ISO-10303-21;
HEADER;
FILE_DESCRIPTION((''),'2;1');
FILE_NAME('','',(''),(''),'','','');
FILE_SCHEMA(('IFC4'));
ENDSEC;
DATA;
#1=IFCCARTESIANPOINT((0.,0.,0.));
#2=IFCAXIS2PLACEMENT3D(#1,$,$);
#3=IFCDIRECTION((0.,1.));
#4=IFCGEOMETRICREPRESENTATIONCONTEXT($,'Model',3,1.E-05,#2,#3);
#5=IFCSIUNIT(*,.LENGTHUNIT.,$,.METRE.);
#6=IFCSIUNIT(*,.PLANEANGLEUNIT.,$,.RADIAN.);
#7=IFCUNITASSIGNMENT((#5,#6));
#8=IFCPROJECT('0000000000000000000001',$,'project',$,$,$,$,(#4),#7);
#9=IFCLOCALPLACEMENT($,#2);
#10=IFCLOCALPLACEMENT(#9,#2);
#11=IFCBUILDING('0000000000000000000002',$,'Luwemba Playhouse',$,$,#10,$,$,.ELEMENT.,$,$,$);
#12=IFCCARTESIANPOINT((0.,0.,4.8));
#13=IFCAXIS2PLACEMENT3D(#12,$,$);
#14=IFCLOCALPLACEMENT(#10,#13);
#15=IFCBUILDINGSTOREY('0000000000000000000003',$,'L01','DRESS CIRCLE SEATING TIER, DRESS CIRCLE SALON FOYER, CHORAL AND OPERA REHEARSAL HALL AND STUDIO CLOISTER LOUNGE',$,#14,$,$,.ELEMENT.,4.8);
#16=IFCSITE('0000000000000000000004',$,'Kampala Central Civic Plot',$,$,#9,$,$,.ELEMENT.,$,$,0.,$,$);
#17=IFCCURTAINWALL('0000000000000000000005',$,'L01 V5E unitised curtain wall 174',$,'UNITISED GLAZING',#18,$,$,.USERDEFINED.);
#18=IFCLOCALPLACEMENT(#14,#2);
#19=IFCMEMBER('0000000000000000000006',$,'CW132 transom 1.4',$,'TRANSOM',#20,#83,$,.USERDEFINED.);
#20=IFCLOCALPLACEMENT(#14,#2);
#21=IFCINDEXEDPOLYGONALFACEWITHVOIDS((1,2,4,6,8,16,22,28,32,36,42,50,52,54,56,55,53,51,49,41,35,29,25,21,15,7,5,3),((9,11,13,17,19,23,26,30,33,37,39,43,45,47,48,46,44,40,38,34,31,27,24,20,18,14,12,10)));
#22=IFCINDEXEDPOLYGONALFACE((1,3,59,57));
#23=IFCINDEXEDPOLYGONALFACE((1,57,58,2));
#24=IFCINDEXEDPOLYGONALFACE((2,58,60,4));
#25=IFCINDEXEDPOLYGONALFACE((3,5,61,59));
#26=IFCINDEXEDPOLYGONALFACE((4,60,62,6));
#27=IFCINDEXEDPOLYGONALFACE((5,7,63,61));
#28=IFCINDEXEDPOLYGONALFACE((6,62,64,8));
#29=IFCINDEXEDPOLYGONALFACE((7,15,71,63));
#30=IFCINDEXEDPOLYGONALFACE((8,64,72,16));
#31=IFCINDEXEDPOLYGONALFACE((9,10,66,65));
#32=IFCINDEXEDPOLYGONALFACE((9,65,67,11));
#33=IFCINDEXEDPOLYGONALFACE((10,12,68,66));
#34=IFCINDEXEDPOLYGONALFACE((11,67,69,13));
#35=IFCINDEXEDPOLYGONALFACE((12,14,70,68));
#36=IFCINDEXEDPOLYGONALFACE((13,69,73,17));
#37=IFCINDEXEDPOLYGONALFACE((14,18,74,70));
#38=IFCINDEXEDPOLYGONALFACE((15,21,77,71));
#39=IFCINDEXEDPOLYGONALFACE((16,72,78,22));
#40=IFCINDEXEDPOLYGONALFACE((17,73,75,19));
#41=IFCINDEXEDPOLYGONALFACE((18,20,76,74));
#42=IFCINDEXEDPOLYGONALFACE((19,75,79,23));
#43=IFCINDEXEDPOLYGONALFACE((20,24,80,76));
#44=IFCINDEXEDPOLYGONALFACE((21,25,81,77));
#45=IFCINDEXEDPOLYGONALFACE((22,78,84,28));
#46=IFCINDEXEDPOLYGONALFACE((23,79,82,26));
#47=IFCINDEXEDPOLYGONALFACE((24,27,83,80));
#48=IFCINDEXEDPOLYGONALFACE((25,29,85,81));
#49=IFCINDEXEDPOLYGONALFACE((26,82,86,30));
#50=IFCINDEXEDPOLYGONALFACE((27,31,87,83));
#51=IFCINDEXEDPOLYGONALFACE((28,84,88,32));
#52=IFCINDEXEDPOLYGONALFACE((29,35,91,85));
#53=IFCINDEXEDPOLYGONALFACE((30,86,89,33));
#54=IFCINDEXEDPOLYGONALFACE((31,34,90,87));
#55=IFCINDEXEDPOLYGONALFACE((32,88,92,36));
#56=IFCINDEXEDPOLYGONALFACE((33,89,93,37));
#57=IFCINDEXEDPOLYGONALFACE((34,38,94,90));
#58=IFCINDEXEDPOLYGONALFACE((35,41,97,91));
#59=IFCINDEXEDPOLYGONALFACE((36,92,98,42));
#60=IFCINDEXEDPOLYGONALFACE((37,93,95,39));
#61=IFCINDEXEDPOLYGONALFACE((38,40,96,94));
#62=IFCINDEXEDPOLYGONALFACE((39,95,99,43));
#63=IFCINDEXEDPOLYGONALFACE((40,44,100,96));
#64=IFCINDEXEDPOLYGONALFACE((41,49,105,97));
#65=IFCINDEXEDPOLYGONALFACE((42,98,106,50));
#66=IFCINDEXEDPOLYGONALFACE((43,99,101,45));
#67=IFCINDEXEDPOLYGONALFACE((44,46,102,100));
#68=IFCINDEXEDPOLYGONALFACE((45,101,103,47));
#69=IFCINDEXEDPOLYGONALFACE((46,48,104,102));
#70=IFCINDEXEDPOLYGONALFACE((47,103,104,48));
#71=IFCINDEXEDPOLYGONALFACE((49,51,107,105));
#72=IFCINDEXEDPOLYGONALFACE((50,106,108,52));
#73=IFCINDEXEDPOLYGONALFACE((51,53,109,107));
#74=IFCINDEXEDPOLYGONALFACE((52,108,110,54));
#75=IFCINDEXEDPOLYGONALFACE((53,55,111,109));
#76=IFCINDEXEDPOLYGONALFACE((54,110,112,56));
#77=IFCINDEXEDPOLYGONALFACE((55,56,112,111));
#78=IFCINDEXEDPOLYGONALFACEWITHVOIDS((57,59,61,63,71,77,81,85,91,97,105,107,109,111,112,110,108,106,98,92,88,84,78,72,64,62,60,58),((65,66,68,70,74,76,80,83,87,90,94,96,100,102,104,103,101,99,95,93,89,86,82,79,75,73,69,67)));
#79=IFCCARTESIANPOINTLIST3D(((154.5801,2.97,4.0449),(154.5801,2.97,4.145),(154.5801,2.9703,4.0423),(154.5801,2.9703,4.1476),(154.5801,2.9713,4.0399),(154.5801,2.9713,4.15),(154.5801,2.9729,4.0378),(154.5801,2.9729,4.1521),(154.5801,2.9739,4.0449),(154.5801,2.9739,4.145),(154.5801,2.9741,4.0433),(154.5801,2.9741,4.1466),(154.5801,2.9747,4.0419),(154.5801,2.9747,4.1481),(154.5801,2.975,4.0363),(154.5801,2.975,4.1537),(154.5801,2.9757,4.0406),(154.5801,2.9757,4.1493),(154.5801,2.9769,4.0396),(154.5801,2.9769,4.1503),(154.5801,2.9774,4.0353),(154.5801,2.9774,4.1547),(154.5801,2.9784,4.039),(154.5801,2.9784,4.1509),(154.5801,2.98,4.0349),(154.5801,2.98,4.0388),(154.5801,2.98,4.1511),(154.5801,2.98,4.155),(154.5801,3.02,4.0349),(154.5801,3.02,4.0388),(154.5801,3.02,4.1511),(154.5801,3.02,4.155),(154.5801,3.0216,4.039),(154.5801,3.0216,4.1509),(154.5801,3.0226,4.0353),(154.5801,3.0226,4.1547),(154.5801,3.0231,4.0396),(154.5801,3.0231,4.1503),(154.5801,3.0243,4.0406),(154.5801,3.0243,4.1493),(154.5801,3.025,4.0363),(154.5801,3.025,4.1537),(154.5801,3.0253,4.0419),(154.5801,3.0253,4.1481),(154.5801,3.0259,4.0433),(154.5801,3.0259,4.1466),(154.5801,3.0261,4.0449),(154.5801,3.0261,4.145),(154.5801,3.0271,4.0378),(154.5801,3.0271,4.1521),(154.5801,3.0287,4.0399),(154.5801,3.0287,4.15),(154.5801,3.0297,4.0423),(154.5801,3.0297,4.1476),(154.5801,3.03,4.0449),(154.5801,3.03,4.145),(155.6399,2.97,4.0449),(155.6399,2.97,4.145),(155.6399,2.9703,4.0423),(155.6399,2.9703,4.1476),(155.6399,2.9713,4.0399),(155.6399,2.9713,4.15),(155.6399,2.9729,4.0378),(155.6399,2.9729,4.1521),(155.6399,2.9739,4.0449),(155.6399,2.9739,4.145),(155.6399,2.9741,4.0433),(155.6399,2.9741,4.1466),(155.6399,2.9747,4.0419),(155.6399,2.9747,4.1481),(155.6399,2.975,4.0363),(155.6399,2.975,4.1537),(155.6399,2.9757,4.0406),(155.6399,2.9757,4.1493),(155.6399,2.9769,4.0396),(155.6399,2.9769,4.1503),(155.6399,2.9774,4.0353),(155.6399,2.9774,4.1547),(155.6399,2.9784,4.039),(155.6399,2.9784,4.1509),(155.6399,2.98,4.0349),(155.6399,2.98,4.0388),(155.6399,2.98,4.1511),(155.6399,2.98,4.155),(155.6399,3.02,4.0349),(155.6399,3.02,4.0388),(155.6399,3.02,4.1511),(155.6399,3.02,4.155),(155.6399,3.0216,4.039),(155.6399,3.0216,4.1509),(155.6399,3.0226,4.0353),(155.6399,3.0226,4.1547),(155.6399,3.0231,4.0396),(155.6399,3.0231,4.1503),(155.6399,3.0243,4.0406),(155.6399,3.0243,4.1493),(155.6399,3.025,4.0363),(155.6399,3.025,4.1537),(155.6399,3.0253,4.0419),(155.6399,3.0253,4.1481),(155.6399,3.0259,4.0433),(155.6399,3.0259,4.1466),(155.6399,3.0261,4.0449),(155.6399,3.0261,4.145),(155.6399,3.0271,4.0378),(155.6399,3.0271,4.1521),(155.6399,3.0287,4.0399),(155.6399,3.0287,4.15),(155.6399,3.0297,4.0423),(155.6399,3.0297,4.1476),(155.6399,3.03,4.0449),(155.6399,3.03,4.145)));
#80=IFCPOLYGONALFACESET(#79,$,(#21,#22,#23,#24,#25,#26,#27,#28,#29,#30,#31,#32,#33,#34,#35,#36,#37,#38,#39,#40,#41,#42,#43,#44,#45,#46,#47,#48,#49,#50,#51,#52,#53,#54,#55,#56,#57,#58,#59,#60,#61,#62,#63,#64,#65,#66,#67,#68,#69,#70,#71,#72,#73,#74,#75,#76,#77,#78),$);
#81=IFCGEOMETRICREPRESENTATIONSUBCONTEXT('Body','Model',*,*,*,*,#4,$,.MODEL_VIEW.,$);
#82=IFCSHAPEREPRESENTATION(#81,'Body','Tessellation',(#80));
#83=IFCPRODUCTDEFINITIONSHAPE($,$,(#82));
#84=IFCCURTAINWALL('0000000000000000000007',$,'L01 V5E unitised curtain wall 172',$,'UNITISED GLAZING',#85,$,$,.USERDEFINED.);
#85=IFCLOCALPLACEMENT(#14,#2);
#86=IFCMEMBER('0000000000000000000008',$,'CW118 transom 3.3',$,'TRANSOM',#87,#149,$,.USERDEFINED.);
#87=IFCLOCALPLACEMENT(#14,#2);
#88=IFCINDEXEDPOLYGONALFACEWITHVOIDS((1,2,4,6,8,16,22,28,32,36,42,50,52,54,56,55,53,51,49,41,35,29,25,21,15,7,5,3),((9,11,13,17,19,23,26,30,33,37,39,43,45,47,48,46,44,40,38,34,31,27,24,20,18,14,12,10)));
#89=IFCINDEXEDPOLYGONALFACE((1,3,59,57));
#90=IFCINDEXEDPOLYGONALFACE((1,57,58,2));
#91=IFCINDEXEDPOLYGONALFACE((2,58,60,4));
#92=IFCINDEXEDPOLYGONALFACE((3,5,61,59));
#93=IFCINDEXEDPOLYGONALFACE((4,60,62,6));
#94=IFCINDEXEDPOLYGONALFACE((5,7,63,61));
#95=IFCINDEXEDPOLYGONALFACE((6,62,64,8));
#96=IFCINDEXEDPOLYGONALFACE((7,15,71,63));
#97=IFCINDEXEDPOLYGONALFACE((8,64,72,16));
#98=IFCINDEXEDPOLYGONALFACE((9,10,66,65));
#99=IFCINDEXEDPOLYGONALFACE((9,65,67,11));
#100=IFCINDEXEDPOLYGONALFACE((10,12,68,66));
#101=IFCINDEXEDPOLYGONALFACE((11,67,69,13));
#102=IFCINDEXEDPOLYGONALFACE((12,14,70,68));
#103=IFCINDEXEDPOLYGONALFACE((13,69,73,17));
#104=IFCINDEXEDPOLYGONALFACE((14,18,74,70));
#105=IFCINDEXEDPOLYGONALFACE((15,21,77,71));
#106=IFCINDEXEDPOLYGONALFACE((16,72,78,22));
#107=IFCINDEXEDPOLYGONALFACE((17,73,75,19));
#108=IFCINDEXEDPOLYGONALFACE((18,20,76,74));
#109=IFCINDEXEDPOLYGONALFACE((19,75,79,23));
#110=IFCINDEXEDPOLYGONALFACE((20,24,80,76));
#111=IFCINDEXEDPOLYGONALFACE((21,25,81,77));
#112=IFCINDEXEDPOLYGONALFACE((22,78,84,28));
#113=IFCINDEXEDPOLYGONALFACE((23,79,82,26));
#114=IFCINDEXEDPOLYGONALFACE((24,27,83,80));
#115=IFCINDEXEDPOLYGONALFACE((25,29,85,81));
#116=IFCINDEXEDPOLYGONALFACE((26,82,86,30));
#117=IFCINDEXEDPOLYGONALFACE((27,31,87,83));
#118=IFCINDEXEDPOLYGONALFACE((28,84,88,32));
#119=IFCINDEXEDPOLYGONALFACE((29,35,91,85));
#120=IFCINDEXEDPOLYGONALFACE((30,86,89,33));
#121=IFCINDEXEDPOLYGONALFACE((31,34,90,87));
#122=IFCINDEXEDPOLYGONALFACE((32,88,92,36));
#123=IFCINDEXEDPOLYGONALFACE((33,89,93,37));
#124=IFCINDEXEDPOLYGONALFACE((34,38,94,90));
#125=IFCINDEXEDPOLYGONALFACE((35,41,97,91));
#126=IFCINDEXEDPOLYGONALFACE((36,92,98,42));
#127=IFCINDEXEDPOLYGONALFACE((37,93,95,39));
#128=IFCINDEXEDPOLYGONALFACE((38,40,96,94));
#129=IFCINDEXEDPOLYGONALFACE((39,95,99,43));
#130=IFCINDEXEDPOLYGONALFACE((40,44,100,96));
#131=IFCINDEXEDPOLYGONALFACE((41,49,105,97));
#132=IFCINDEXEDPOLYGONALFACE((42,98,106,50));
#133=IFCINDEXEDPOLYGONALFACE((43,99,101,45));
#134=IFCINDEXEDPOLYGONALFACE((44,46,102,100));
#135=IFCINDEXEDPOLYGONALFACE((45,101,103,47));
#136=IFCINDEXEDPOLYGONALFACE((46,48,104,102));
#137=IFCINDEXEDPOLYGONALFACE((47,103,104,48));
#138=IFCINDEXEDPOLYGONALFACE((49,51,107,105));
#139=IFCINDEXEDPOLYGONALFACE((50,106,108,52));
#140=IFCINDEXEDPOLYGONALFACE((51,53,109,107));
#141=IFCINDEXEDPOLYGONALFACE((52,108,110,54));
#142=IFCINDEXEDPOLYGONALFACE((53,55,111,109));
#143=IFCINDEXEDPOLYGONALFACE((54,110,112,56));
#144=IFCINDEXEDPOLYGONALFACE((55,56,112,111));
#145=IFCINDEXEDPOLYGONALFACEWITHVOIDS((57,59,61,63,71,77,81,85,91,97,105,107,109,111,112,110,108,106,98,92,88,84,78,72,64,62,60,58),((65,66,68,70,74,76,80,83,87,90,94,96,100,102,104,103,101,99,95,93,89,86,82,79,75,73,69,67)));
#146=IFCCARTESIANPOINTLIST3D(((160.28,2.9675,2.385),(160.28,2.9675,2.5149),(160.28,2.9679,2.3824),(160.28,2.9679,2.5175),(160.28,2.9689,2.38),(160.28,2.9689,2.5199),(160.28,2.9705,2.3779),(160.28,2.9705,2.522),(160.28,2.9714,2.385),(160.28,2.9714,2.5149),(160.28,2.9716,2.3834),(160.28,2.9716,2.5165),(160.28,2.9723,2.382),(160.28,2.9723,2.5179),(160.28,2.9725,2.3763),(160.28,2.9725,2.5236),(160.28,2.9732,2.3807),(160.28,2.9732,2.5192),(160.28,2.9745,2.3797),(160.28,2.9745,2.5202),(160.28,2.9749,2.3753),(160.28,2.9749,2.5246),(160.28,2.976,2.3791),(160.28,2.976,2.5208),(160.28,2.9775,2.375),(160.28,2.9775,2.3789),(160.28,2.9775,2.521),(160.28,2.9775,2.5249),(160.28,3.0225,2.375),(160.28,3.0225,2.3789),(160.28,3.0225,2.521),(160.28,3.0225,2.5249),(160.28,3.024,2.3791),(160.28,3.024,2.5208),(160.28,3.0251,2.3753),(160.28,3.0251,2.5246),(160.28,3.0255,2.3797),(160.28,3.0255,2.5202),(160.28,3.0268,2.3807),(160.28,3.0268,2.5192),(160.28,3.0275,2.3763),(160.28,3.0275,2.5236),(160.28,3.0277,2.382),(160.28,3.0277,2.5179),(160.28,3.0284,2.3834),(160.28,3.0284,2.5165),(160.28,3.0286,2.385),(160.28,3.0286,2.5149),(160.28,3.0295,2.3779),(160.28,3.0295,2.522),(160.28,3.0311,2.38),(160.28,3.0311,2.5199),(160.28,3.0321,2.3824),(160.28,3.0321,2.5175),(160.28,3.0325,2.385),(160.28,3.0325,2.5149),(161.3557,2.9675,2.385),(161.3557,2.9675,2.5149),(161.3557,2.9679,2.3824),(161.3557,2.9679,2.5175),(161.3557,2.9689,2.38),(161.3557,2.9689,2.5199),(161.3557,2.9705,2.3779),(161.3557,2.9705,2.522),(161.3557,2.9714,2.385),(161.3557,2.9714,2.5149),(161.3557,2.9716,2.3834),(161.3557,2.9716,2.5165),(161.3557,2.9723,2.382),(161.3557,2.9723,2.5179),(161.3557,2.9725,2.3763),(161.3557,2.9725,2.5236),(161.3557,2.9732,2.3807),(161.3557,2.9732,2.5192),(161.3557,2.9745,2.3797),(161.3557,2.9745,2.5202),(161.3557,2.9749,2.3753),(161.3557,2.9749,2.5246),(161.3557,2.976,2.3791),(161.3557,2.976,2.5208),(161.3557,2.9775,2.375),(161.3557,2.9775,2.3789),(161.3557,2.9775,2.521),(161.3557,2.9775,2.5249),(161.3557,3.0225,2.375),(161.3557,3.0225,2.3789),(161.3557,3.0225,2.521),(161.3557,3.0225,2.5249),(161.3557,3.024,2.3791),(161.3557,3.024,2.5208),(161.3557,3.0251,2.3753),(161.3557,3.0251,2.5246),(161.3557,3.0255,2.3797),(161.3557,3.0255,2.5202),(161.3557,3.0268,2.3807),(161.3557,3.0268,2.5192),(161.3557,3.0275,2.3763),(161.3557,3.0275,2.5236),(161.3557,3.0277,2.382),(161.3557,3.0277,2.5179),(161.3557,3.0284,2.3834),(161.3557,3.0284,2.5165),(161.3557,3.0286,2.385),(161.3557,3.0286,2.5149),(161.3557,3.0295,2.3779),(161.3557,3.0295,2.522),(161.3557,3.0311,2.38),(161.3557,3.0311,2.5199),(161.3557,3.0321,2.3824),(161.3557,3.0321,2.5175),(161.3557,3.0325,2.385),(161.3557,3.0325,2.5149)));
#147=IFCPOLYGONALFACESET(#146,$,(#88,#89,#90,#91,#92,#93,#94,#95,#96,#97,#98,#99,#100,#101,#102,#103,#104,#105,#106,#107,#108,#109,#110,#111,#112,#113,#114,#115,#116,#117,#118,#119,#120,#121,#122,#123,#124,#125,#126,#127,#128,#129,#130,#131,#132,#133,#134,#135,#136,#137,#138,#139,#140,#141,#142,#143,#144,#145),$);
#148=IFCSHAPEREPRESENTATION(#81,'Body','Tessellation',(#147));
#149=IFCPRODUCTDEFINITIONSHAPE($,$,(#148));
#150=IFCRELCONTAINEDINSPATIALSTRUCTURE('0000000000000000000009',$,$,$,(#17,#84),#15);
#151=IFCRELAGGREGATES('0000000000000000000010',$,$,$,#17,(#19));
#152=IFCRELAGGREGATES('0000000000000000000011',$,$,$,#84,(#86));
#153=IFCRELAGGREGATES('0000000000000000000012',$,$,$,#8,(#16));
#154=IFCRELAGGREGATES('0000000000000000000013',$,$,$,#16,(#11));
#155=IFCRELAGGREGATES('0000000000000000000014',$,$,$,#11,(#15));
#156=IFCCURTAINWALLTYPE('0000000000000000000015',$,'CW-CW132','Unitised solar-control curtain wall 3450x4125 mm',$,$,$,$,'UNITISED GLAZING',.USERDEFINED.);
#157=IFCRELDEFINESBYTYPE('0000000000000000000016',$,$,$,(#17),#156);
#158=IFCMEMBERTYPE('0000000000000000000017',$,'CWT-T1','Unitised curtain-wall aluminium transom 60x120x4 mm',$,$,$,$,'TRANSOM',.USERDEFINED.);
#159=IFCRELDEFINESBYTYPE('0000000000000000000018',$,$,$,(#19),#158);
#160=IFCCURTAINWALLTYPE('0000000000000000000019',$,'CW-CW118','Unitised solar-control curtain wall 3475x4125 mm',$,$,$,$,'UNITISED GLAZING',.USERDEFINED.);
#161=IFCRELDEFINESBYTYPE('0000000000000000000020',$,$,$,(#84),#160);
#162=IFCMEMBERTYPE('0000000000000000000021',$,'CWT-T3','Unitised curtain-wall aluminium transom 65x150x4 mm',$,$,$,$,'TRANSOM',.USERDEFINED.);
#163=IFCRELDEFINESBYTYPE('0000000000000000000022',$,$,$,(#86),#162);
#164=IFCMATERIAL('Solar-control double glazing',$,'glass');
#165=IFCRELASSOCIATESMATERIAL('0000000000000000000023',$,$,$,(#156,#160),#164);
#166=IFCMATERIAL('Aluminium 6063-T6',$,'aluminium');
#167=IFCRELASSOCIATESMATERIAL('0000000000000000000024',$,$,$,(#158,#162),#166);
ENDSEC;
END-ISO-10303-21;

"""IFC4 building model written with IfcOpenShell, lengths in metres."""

from ifc_helpers import new_model, si_unit, direction, frame, origin, origin_2d, place, context, subcontext, project, spatial, hollow_rectangle, extrude, material, material_profile, profile_set, type_object, element, aggregate, save


model = new_model("IFC4")

# Units and contexts
model_context = context("Model", 3, precision=1e-05, world=origin(), true_north=direction((0.0, 1.0)))
body_context = subcontext(model_context, "Body", "Model", "MODEL_VIEW")
ifc_project = project(units=[si_unit("LENGTHUNIT", "METRE"), si_unit("PLANEANGLEUNIT", "RADIAN")], contexts=[model_context])

# Site, building, storey
site_placement = place(None, origin())
site = spatial("IfcSite", under=ifc_project, at=site_placement, Name="Kampala Central Civic Plot", CompositionType="ELEMENT", RefElevation=0.0)
building_placement = place(site_placement, origin())
building = spatial("IfcBuilding", under=site, at=building_placement, Name="Luwemba Playhouse", CompositionType="ELEMENT")
storey_placement = place(building_placement, frame((0.0, 0.0, 4.8)))
storey = spatial("IfcBuildingStorey", under=building, at=storey_placement, Name="L01", Description="DRESS CIRCLE SEATING TIER, DRESS CIRCLE SALON FOYER, CHORAL AND OPERA REHEARSAL HALL AND STUDIO CLOISTER LOUNGE", CompositionType="ELEMENT", Elevation=4.8)

# Curtain wall, member
ifc_material_1 = material(Name="Solar-control double glazing", Category="glass")
curtain_wall_type_1 = type_object("IfcCurtainWallType", Name="CW-CW132", Description="Unitised solar-control curtain wall 3450x4125 mm", ElementType="UNITISED GLAZING", PredefinedType="USERDEFINED", material=ifc_material_1)
curtain_wall_1_placement = place(storey_placement, origin())
curtain_wall_1 = element("IfcCurtainWall", 1, at=curtain_wall_1_placement, inside=storey, type_object=curtain_wall_type_1, Name="L01 V5E unitised curtain wall 174", ObjectType="UNITISED GLAZING", PredefinedType="USERDEFINED")
ifc_material_2 = material(Name="Aluminium 6063-T6", Category="aluminium")
ifc_material_profile_1 = material_profile(ifc_material_2, hollow_rectangle(XDim=0.0601, YDim=0.1201, WallThickness=0.0039, InnerFilletRadius=0.0061, OuterFilletRadius=0.01, at=origin_2d()))
ifc_profile_set_1 = profile_set([ifc_material_profile_1], Name="Aluminium 6063-T6")
member_type_1 = type_object("IfcMemberType", Name="CWT-T1", Description="Unitised curtain-wall aluminium transom 60x120x4 mm", ElementType="TRANSOM", PredefinedType="USERDEFINED", material=ifc_profile_set_1)
member_1_placement = place(storey_placement, frame((155.6399, 3.0, 4.095), z_axis=(-1.0, 0.0, 0.0), x_axis=(0.0, -1.0, 0.0)))
member_1 = element("IfcMember", 2, at=member_1_placement, type_object=member_type_1, Name="CW132 transom 1.4", ObjectType="TRANSOM", PredefinedType="USERDEFINED", context=body_context, shape_type="SweptSolid", body=[
    extrude(hollow_rectangle(XDim=0.0601, YDim=0.1201, WallThickness=0.0039, InnerFilletRadius=0.0061, OuterFilletRadius=0.01, at=origin_2d()), origin(), (0.0, 0.0, 1.0), 1.0598),
])

# Curtain wall, member
curtain_wall_type_2 = type_object("IfcCurtainWallType", Name="CW-CW118", Description="Unitised solar-control curtain wall 3475x4125 mm", ElementType="UNITISED GLAZING", PredefinedType="USERDEFINED", material=ifc_material_1)
curtain_wall_2_placement = place(storey_placement, origin())
curtain_wall_2 = element("IfcCurtainWall", 3, at=curtain_wall_2_placement, inside=storey, type_object=curtain_wall_type_2, Name="L01 V5E unitised curtain wall 172", ObjectType="UNITISED GLAZING", PredefinedType="USERDEFINED")
ifc_material_profile_2 = material_profile(ifc_material_2, hollow_rectangle(XDim=0.0649, YDim=0.1499, WallThickness=0.0039, InnerFilletRadius=0.0061, OuterFilletRadius=0.01, at=origin_2d()))
ifc_profile_set_2 = profile_set([ifc_material_profile_2], Name="Aluminium 6063-T6")
member_type_2 = type_object("IfcMemberType", Name="CWT-T3", Description="Unitised curtain-wall aluminium transom 65x150x4 mm", ElementType="TRANSOM", PredefinedType="USERDEFINED", material=ifc_profile_set_2)
member_2_placement = place(storey_placement, frame((161.3557, 3.0, 2.45), z_axis=(-1.0, 0.0, 0.0), x_axis=(0.0, -1.0, 0.0)))
member_2 = element("IfcMember", 4, at=member_2_placement, type_object=member_type_2, Name="CW118 transom 3.3", ObjectType="TRANSOM", PredefinedType="USERDEFINED", context=body_context, shape_type="SweptSolid", body=[
    extrude(hollow_rectangle(XDim=0.0649, YDim=0.1499, WallThickness=0.0039, InnerFilletRadius=0.0061, OuterFilletRadius=0.01, at=origin_2d()), origin(), (0.0, 0.0, 1.0), 1.0757),
])

aggregate(curtain_wall_1, [member_1])
aggregate(curtain_wall_2, [member_2])

save(model, "model.ifc")
